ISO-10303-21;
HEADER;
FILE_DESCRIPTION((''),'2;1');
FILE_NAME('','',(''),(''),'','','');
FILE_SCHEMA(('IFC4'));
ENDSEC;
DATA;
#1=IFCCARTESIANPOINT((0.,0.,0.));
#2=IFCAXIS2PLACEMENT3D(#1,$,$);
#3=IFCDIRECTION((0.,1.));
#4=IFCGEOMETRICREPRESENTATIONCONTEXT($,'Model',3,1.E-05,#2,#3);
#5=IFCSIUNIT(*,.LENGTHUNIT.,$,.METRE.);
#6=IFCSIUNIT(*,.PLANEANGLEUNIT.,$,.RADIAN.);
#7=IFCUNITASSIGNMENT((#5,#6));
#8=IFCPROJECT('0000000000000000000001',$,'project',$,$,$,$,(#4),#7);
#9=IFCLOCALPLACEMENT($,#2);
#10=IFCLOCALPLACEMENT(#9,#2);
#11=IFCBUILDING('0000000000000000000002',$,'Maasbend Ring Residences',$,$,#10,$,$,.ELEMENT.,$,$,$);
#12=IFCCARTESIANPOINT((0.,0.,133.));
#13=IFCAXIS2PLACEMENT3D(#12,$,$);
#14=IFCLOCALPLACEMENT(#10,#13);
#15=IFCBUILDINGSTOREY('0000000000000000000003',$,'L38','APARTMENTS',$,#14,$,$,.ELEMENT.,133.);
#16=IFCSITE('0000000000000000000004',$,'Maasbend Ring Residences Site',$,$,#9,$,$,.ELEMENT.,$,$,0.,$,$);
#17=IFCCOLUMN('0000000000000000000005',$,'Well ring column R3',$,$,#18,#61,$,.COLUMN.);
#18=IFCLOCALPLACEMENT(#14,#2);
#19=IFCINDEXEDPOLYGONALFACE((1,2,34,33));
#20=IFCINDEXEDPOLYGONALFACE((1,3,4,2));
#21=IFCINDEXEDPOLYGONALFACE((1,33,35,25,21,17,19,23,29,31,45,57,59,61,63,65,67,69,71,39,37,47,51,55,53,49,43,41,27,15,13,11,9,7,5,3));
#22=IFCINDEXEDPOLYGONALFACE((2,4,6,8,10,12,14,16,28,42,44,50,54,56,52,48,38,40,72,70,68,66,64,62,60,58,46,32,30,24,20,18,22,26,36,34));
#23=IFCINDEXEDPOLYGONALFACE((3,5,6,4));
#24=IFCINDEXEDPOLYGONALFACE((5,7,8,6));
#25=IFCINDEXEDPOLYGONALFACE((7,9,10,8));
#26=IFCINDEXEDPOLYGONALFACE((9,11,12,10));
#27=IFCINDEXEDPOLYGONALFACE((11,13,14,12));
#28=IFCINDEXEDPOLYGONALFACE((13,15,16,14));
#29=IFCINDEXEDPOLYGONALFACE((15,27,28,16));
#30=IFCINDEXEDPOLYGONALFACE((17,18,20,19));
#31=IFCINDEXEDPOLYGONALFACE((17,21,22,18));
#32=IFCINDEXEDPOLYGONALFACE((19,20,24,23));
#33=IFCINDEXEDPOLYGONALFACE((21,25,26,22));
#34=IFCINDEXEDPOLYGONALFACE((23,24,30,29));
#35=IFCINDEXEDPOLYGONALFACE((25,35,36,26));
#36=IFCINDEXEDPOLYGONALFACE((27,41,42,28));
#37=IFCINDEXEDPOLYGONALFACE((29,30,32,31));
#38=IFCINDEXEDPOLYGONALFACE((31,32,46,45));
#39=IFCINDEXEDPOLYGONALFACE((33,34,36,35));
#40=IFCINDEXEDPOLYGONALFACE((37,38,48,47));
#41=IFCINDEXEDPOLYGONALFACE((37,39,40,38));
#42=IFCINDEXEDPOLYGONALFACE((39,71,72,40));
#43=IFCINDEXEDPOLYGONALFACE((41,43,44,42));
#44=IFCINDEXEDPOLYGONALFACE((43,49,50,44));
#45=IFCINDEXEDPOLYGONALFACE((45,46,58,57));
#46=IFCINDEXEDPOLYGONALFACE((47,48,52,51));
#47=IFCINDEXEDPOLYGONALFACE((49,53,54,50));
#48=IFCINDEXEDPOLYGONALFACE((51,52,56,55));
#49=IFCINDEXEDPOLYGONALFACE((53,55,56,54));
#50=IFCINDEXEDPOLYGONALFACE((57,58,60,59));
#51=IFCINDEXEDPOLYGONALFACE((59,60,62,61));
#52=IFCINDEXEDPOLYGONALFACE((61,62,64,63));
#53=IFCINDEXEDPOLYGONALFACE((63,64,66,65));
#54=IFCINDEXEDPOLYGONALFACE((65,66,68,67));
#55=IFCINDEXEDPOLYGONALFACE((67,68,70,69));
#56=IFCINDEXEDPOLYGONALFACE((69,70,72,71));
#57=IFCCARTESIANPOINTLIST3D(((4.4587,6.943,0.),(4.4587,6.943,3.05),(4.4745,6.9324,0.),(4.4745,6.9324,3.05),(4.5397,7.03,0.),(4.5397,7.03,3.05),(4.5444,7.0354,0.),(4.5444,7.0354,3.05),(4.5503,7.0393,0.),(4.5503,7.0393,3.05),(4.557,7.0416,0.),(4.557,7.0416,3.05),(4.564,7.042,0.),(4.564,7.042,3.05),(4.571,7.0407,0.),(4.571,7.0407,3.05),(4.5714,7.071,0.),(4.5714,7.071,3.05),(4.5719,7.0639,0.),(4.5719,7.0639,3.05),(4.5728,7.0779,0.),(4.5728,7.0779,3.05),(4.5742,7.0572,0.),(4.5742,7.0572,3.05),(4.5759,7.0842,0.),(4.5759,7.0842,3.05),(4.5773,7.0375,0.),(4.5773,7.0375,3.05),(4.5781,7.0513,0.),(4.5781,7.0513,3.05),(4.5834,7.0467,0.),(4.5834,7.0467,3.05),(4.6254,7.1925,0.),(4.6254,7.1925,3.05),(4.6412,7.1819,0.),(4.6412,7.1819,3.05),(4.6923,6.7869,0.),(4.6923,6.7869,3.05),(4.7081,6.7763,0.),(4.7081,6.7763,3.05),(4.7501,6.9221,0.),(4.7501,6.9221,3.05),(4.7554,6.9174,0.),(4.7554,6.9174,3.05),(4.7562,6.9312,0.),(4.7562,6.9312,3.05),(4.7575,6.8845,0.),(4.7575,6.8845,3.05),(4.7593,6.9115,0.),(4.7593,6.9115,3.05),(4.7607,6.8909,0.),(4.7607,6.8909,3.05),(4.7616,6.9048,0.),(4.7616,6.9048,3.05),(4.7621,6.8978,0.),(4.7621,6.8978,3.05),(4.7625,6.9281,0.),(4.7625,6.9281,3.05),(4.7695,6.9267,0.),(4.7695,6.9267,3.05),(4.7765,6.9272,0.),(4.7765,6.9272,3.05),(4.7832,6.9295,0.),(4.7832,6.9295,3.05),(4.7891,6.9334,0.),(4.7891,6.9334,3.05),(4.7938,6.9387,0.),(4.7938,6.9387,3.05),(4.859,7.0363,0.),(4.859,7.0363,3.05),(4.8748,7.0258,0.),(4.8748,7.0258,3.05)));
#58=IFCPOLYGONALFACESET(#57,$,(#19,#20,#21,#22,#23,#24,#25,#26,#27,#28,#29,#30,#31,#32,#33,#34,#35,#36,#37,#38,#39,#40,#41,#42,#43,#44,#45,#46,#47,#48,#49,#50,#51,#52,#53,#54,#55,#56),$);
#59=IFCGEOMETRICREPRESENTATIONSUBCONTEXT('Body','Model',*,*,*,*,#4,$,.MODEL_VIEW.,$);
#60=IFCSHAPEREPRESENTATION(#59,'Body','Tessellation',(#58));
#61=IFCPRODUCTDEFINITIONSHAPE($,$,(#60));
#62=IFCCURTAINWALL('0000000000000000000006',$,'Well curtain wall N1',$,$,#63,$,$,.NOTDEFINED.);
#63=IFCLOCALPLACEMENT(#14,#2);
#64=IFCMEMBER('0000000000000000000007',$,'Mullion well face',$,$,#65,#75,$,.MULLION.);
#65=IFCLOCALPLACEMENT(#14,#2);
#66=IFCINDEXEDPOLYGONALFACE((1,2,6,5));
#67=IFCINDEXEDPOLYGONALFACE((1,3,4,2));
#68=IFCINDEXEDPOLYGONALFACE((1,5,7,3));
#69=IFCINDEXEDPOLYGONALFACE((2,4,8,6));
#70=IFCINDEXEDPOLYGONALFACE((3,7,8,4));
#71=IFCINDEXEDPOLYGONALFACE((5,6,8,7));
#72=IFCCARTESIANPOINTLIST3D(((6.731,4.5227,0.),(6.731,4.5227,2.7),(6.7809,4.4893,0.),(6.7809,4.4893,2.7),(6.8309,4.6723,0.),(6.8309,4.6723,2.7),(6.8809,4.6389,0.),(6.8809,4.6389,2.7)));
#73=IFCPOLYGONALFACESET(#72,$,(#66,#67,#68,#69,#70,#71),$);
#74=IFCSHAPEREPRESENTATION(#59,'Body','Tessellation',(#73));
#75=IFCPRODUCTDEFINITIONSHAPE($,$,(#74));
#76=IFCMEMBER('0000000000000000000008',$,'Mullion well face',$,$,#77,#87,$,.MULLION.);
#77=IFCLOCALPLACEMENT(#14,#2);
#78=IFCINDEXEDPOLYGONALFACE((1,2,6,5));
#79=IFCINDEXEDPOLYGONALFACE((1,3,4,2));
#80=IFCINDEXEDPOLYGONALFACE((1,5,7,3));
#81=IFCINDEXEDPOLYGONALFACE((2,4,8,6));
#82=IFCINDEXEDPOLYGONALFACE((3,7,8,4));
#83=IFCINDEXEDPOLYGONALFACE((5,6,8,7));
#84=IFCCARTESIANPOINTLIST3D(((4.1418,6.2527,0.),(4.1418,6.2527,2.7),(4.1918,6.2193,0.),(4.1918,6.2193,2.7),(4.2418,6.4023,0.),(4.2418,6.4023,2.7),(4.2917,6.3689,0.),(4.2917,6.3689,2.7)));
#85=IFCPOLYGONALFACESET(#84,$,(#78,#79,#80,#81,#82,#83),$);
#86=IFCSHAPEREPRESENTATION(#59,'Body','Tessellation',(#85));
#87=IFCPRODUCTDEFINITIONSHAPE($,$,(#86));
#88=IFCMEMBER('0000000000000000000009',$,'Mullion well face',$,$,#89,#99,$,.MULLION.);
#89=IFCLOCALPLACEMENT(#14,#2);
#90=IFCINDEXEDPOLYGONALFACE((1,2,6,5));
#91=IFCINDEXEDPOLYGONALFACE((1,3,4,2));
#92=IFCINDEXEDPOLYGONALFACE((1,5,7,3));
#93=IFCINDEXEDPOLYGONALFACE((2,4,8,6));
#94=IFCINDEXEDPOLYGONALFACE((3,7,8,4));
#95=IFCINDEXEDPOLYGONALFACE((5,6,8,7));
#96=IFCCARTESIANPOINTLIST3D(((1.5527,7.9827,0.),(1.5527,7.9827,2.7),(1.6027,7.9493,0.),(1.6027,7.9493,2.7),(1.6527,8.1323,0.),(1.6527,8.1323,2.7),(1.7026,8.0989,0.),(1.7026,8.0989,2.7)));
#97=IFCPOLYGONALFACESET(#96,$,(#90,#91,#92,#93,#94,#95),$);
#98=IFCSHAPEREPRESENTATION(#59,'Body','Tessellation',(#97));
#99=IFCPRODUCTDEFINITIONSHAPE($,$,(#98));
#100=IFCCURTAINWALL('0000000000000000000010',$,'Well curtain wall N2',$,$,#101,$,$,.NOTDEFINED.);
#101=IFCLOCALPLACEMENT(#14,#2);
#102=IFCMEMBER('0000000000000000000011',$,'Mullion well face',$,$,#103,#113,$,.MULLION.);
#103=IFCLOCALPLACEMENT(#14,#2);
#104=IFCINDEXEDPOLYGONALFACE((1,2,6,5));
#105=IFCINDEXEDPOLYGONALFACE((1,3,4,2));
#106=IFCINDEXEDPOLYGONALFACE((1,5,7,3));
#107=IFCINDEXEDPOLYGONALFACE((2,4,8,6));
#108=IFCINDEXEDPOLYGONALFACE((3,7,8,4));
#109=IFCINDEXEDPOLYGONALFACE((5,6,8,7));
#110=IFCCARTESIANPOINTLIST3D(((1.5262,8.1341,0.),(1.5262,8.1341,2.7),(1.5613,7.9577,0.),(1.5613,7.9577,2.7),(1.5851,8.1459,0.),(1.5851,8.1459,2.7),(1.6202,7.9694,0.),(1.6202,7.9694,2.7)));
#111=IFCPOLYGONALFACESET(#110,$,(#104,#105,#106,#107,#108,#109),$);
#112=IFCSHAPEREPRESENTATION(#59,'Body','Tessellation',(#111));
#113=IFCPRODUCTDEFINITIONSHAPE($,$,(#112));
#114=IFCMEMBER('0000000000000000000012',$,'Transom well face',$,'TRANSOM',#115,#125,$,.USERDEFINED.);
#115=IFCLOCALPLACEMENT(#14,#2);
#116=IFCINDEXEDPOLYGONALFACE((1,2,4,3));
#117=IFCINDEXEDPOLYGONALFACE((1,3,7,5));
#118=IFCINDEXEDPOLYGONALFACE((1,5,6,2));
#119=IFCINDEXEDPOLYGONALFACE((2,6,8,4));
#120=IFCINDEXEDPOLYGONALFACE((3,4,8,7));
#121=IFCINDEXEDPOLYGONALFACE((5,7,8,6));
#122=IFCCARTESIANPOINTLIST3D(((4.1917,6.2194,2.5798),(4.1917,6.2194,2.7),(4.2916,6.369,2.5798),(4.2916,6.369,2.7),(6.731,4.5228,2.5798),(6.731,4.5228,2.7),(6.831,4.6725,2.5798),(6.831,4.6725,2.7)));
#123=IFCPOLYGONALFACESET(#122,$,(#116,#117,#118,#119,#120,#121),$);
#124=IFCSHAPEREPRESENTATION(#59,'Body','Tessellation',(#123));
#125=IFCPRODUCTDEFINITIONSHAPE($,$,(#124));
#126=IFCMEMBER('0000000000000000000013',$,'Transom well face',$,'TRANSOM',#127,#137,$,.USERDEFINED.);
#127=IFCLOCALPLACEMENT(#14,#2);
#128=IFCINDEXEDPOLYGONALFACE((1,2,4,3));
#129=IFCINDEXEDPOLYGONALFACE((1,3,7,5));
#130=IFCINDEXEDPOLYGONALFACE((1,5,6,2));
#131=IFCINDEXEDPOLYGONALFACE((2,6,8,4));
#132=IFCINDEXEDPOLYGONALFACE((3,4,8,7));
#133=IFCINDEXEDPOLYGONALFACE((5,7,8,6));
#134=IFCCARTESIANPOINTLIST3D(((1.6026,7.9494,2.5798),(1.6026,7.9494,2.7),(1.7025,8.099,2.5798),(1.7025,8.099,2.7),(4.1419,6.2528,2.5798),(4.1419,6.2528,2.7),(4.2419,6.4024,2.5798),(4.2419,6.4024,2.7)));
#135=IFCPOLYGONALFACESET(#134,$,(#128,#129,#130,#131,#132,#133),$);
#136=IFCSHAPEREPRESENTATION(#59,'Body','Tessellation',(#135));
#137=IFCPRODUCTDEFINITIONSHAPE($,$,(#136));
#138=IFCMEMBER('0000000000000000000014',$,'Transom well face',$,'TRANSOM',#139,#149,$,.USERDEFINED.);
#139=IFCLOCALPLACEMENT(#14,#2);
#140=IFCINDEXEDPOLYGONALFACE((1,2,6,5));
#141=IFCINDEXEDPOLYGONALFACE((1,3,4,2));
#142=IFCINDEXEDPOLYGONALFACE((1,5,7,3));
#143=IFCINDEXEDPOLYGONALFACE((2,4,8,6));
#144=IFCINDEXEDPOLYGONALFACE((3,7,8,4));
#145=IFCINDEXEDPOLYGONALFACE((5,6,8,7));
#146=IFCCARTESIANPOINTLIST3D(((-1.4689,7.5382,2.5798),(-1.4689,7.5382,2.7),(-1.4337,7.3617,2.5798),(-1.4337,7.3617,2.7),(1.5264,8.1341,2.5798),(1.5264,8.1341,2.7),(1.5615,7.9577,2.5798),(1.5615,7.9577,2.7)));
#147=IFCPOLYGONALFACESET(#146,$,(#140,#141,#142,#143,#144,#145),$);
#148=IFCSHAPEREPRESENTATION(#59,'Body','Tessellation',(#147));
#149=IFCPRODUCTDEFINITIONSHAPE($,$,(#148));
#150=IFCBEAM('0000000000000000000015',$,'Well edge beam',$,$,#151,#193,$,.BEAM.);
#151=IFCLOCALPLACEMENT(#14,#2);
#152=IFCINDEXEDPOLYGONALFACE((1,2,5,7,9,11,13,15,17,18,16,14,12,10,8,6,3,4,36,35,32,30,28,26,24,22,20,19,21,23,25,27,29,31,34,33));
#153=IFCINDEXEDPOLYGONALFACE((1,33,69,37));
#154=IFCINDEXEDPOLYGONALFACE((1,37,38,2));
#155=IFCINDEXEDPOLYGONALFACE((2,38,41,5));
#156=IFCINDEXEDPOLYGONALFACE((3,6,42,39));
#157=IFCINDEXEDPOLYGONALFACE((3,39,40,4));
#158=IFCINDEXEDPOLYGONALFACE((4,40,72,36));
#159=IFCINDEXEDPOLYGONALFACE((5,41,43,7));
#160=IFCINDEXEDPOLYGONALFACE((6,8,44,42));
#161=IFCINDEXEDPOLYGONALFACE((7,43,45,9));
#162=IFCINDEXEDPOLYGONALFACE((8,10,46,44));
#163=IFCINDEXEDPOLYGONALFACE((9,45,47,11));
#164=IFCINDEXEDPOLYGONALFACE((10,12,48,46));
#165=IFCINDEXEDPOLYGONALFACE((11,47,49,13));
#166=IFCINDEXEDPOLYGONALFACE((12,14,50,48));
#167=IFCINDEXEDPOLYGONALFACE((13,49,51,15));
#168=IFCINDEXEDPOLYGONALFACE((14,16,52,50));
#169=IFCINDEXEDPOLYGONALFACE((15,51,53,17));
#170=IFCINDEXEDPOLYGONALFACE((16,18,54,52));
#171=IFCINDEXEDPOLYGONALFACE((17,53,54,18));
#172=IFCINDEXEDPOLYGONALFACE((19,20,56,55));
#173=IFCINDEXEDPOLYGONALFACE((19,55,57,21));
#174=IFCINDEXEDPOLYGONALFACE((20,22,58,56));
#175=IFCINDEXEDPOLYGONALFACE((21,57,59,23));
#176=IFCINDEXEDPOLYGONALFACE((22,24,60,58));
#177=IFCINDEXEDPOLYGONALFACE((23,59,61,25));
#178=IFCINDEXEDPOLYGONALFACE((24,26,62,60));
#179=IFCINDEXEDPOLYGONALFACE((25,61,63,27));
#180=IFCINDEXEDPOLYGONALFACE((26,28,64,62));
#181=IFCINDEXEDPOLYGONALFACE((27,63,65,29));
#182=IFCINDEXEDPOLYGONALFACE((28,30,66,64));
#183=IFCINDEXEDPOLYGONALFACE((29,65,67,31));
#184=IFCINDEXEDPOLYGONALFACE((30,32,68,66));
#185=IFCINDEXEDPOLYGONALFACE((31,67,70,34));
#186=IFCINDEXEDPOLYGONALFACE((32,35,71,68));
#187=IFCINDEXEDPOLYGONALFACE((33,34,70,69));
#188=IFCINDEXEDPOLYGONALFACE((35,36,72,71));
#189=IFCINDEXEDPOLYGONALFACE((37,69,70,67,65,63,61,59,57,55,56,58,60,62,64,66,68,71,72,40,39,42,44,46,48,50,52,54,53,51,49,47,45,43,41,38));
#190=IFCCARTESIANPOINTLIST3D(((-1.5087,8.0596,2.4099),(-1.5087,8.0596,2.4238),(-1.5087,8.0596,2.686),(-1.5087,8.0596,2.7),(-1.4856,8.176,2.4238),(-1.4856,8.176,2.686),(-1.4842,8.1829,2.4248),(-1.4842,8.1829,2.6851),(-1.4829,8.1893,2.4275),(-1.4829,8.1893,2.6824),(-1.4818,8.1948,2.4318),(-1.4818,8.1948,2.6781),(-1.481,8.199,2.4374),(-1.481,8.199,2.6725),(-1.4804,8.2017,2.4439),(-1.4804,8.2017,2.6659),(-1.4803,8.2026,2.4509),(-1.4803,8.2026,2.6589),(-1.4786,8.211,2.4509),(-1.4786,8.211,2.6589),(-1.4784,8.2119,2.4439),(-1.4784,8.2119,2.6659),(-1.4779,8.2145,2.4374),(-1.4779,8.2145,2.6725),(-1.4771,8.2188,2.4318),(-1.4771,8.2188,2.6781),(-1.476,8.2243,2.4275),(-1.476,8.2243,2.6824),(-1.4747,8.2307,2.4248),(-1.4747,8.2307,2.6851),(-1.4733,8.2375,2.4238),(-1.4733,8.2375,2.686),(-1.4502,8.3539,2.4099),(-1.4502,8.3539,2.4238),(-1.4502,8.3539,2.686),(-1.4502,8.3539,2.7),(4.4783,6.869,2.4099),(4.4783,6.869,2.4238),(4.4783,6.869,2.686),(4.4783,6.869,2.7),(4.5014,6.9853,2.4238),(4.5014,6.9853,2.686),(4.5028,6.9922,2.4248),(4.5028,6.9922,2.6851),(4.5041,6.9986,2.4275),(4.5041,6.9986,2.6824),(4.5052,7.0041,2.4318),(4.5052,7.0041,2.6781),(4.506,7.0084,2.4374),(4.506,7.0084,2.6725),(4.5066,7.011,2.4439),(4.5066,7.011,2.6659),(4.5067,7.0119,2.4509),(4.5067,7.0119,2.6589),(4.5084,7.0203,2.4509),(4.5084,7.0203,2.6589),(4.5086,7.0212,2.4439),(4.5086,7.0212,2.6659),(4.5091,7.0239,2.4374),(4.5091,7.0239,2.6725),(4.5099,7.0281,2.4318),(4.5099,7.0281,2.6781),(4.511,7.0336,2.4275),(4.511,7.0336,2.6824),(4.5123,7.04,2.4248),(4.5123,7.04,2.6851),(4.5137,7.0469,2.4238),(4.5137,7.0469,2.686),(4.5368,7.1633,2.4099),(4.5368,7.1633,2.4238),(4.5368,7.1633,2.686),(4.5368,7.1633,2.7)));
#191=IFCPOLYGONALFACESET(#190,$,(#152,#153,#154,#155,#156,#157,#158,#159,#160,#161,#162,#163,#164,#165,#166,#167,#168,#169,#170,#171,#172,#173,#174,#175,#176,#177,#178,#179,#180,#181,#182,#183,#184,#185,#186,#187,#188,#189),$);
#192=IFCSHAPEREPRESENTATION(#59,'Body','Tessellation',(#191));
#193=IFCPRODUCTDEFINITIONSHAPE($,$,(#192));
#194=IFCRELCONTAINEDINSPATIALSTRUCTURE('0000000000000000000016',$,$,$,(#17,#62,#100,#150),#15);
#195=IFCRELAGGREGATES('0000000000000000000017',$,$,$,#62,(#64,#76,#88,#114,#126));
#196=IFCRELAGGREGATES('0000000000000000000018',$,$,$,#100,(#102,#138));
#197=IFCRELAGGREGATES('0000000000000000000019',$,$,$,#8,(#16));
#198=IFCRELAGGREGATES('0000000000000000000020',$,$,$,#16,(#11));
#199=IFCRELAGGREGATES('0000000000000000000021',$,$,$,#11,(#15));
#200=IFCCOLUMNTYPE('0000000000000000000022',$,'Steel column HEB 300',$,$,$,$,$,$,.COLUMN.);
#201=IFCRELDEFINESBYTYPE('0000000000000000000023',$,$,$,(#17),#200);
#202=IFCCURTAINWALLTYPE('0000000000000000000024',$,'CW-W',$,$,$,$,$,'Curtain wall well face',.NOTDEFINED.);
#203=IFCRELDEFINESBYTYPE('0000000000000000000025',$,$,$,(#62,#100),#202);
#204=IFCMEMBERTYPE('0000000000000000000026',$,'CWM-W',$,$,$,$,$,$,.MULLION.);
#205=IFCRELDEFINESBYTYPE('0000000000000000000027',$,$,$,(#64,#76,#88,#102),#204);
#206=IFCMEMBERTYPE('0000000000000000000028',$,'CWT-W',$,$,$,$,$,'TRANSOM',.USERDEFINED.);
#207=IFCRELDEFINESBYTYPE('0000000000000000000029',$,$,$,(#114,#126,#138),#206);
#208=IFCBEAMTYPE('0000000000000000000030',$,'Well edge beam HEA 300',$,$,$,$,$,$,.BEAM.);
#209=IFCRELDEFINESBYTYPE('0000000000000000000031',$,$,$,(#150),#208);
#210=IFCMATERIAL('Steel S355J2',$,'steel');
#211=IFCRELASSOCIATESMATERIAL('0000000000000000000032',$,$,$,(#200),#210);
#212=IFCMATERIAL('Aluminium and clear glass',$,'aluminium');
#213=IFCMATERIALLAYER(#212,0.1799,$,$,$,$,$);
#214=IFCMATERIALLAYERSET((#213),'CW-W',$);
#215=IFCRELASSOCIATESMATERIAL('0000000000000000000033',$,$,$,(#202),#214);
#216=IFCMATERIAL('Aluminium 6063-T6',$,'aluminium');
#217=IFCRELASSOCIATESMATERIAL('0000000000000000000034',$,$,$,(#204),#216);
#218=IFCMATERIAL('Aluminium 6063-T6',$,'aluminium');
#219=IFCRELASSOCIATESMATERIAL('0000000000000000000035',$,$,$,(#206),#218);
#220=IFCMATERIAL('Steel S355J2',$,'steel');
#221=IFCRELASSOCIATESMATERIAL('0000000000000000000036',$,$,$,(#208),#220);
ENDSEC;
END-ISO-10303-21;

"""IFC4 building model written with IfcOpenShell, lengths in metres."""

from ifc_helpers import new_model, si_unit, direction, frame, origin, origin_2d, place, context, subcontext, project, spatial, rectangle, i_section, extrude, material, layer, layer_set, material_profile, profile_set, type_object, element, aggregate, save


model = new_model("IFC4")

# Units and contexts
model_context = context("Model", 3, precision=1e-05, world=origin(), true_north=direction((0.0, 1.0)))
body_context = subcontext(model_context, "Body", "Model", "MODEL_VIEW")
ifc_project = project(units=[si_unit("LENGTHUNIT", "METRE"), si_unit("PLANEANGLEUNIT", "RADIAN")], contexts=[model_context])

# Site, building, storey
site_placement = place(None, origin())
site = spatial("IfcSite", under=ifc_project, at=site_placement, Name="Maasbend Ring Residences Site", CompositionType="ELEMENT", RefElevation=0.0)
building_placement = place(site_placement, origin())
building = spatial("IfcBuilding", under=site, at=building_placement, Name="Maasbend Ring Residences", CompositionType="ELEMENT")
storey_placement = place(building_placement, frame((0.0, 0.0, 133.0)))
storey = spatial("IfcBuildingStorey", under=building, at=storey_placement, Name="L38", Description="APARTMENTS", CompositionType="ELEMENT", Elevation=133.0)

# Column
ifc_material_1 = material(Name="Steel S355J2", Category="steel")
ifc_material_profile_1 = material_profile(ifc_material_1, i_section(OverallWidth=0.3, OverallDepth=0.3, WebThickness=0.011, FlangeThickness=0.019, FilletRadius=0.0271, at=origin_2d()), Name="HEB 300")
ifc_profile_set_1 = profile_set([ifc_material_profile_1], Name="Steel S355J2")
column_type = type_object("IfcColumnType", Name="Steel column HEB 300", PredefinedType="COLUMN", material=ifc_profile_set_1)
column_placement = place(storey_placement, frame((4.6667, 6.9844, 0.0), z_axis=(0.0, 0.0, 1.0), x_axis=(0.55557, 0.83147, 0.0)))
element("IfcColumn", 1, at=column_placement, inside=storey, type_object=column_type, Name="Well ring column R3", PredefinedType="COLUMN", context=body_context, shape_type="SweptSolid", body=[
    extrude(i_section(OverallWidth=0.3, OverallDepth=0.3, WebThickness=0.011, FlangeThickness=0.019, FilletRadius=0.0271, at=origin_2d()), origin(), (0.0, 0.0, 1.0), 3.05),
])

# Curtain wall, members
ifc_material_2 = material(Name="Aluminium and clear glass", Category="aluminium")
ifc_layer_1 = layer(ifc_material_2, 0.1799)
ifc_layer_set_1 = layer_set([ifc_layer_1], Name="CW-W")
curtain_wall_type = type_object("IfcCurtainWallType", Name="CW-W", ElementType="Curtain wall well face", PredefinedType="NOTDEFINED", material=ifc_layer_set_1)
curtain_wall_1_placement = place(storey_placement, origin())
curtain_wall_1 = element("IfcCurtainWall", 2, at=curtain_wall_1_placement, inside=storey, type_object=curtain_wall_type, Name="Well curtain wall N1", PredefinedType="NOTDEFINED")
ifc_material_3 = material(Name="Aluminium 6063-T6", Category="aluminium")
ifc_material_profile_2 = material_profile(ifc_material_3, rectangle(XDim=0.1799, YDim=0.0601, at=origin_2d()), Name="AL 180x60")
ifc_profile_set_2 = profile_set([ifc_material_profile_2], Name="Aluminium 6063-T6")
member_type_1 = type_object("IfcMemberType", Name="CWM-W", PredefinedType="MULLION", material=ifc_profile_set_2)
member_1_placement = place(storey_placement, frame((6.8059, 4.5808, 0.0), z_axis=(0.0, 0.0, 1.0), x_axis=(-0.55557, -0.83147, 0.0)))
member_1 = element("IfcMember", 3, at=member_1_placement, type_object=member_type_1, Name="Mullion well face", PredefinedType="MULLION", context=body_context, shape_type="SweptSolid", body=[
    extrude(rectangle(XDim=0.1799, YDim=0.0601, at=origin_2d()), origin(), (0.0, 0.0, 1.0), 2.7),
])
member_2_placement = place(storey_placement, frame((4.2168, 6.3108, 0.0), z_axis=(0.0, 0.0, 1.0), x_axis=(-0.55557, -0.83147, 0.0)))
member_2 = element("IfcMember", 4, at=member_2_placement, type_object=member_type_1, Name="Mullion well face", PredefinedType="MULLION", context=body_context, shape_type="SweptSolid", body=[
    extrude(rectangle(XDim=0.1799, YDim=0.0601, at=origin_2d()), origin(), (0.0, 0.0, 1.0), 2.7),
])
member_3_placement = place(storey_placement, frame((1.6277, 8.0408, 0.0), z_axis=(0.0, 0.0, 1.0), x_axis=(-0.55557, -0.83147, 0.0)))
member_3 = element("IfcMember", 5, at=member_3_placement, type_object=member_type_1, Name="Mullion well face", PredefinedType="MULLION", context=body_context, shape_type="SweptSolid", body=[
    extrude(rectangle(XDim=0.1799, YDim=0.0601, at=origin_2d()), origin(), (0.0, 0.0, 1.0), 2.7),
])

# Curtain wall, member
curtain_wall_2_placement = place(storey_placement, origin())
curtain_wall_2 = element("IfcCurtainWall", 6, at=curtain_wall_2_placement, inside=storey, type_object=curtain_wall_type, Name="Well curtain wall N2", PredefinedType="NOTDEFINED")
member_4_placement = place(storey_placement, frame((1.5732, 8.0518, 0.0), z_axis=(0.0, 0.0, 1.0), x_axis=(0.19509, -0.980785, 0.0)))
member_4 = element("IfcMember", 7, at=member_4_placement, type_object=member_type_1, Name="Mullion well face", PredefinedType="MULLION", context=body_context, shape_type="SweptSolid", body=[
    extrude(rectangle(XDim=0.1799, YDim=0.0601, at=origin_2d()), origin(), (0.0, 0.0, 1.0), 2.7),
])

# Members
ifc_material_4 = material(Name="Aluminium 6063-T6", Category="aluminium")
ifc_material_profile_3 = material_profile(ifc_material_4, rectangle(XDim=0.1799, YDim=0.1201, at=origin_2d()), Name="AL 180x120")
ifc_profile_set_3 = profile_set([ifc_material_profile_3], Name="Aluminium 6063-T6")
member_type_2 = type_object("IfcMemberType", Name="CWT-W", ElementType="TRANSOM", PredefinedType="USERDEFINED", material=ifc_profile_set_3)
member_5_placement = place(storey_placement, frame((6.781, 4.5977, 2.6399), z_axis=(-0.831496, 0.55553, 0.0), x_axis=(-0.55553, -0.831496, 0.0)))
member_5 = element("IfcMember", 8, at=member_5_placement, type_object=member_type_2, Name="Transom well face", ObjectType="TRANSOM", PredefinedType="USERDEFINED", context=body_context, shape_type="SweptSolid", body=[
    extrude(rectangle(XDim=0.1799, YDim=0.1201, at=origin_2d()), origin(), (0.0, 0.0, 1.0), 3.054),
])
member_6_placement = place(storey_placement, frame((4.1919, 6.3276, 2.6399), z_axis=(-0.831496, 0.55553, 0.0), x_axis=(-0.55553, -0.831496, 0.0)))
member_6 = element("IfcMember", 9, at=member_6_placement, type_object=member_type_2, Name="Transom well face", ObjectType="TRANSOM", PredefinedType="USERDEFINED", context=body_context, shape_type="SweptSolid", body=[
    extrude(rectangle(XDim=0.1799, YDim=0.1201, at=origin_2d()), origin(), (0.0, 0.0, 1.0), 3.054),
])
member_7_placement = place(storey_placement, frame((1.5439, 8.0459, 2.6399), z_axis=(-0.980777, -0.195132, 0.0), x_axis=(0.195132, -0.980777, 0.0)))
member_7 = element("IfcMember", 10, at=member_7_placement, type_object=member_type_2, Name="Transom well face", ObjectType="TRANSOM", PredefinedType="USERDEFINED", context=body_context, shape_type="SweptSolid", body=[
    extrude(rectangle(XDim=0.1799, YDim=0.1201, at=origin_2d()), origin(), (0.0, 0.0, 1.0), 3.054),
])

# Beam
ifc_material_5 = material(Name="Steel S355J2", Category="steel")
ifc_material_profile_4 = material_profile(ifc_material_5, i_section(OverallWidth=0.3, OverallDepth=0.29, WebThickness=0.0085, FlangeThickness=0.0139, FilletRadius=0.0271, at=origin_2d()), Name="HEA 300")
ifc_profile_set_4 = profile_set([ifc_material_profile_4], Name="Steel S355J2")
beam_type = type_object("IfcBeamType", Name="Well edge beam HEA 300", PredefinedType="BEAM", material=ifc_profile_set_4)
beam_placement = place(storey_placement, frame((4.5076, 7.0161, 2.5549), z_axis=(-0.980792, 0.195055, 0.0), x_axis=(-0.195055, -0.980792, 0.0)))
element("IfcBeam", 11, at=beam_placement, inside=storey, type_object=beam_type, Name="Well edge beam", PredefinedType="BEAM", context=body_context, shape_type="SweptSolid", body=[
    extrude(i_section(OverallWidth=0.3, OverallDepth=0.29, WebThickness=0.0085, FlangeThickness=0.0139, FilletRadius=0.0271, at=origin_2d()), origin(), (0.0, 0.0, 1.0), 6.1042),
])

aggregate(curtain_wall_1, [member_1, member_2, member_3, member_5, member_6])
aggregate(curtain_wall_2, [member_4, member_7])

save(model, "model.ifc")
